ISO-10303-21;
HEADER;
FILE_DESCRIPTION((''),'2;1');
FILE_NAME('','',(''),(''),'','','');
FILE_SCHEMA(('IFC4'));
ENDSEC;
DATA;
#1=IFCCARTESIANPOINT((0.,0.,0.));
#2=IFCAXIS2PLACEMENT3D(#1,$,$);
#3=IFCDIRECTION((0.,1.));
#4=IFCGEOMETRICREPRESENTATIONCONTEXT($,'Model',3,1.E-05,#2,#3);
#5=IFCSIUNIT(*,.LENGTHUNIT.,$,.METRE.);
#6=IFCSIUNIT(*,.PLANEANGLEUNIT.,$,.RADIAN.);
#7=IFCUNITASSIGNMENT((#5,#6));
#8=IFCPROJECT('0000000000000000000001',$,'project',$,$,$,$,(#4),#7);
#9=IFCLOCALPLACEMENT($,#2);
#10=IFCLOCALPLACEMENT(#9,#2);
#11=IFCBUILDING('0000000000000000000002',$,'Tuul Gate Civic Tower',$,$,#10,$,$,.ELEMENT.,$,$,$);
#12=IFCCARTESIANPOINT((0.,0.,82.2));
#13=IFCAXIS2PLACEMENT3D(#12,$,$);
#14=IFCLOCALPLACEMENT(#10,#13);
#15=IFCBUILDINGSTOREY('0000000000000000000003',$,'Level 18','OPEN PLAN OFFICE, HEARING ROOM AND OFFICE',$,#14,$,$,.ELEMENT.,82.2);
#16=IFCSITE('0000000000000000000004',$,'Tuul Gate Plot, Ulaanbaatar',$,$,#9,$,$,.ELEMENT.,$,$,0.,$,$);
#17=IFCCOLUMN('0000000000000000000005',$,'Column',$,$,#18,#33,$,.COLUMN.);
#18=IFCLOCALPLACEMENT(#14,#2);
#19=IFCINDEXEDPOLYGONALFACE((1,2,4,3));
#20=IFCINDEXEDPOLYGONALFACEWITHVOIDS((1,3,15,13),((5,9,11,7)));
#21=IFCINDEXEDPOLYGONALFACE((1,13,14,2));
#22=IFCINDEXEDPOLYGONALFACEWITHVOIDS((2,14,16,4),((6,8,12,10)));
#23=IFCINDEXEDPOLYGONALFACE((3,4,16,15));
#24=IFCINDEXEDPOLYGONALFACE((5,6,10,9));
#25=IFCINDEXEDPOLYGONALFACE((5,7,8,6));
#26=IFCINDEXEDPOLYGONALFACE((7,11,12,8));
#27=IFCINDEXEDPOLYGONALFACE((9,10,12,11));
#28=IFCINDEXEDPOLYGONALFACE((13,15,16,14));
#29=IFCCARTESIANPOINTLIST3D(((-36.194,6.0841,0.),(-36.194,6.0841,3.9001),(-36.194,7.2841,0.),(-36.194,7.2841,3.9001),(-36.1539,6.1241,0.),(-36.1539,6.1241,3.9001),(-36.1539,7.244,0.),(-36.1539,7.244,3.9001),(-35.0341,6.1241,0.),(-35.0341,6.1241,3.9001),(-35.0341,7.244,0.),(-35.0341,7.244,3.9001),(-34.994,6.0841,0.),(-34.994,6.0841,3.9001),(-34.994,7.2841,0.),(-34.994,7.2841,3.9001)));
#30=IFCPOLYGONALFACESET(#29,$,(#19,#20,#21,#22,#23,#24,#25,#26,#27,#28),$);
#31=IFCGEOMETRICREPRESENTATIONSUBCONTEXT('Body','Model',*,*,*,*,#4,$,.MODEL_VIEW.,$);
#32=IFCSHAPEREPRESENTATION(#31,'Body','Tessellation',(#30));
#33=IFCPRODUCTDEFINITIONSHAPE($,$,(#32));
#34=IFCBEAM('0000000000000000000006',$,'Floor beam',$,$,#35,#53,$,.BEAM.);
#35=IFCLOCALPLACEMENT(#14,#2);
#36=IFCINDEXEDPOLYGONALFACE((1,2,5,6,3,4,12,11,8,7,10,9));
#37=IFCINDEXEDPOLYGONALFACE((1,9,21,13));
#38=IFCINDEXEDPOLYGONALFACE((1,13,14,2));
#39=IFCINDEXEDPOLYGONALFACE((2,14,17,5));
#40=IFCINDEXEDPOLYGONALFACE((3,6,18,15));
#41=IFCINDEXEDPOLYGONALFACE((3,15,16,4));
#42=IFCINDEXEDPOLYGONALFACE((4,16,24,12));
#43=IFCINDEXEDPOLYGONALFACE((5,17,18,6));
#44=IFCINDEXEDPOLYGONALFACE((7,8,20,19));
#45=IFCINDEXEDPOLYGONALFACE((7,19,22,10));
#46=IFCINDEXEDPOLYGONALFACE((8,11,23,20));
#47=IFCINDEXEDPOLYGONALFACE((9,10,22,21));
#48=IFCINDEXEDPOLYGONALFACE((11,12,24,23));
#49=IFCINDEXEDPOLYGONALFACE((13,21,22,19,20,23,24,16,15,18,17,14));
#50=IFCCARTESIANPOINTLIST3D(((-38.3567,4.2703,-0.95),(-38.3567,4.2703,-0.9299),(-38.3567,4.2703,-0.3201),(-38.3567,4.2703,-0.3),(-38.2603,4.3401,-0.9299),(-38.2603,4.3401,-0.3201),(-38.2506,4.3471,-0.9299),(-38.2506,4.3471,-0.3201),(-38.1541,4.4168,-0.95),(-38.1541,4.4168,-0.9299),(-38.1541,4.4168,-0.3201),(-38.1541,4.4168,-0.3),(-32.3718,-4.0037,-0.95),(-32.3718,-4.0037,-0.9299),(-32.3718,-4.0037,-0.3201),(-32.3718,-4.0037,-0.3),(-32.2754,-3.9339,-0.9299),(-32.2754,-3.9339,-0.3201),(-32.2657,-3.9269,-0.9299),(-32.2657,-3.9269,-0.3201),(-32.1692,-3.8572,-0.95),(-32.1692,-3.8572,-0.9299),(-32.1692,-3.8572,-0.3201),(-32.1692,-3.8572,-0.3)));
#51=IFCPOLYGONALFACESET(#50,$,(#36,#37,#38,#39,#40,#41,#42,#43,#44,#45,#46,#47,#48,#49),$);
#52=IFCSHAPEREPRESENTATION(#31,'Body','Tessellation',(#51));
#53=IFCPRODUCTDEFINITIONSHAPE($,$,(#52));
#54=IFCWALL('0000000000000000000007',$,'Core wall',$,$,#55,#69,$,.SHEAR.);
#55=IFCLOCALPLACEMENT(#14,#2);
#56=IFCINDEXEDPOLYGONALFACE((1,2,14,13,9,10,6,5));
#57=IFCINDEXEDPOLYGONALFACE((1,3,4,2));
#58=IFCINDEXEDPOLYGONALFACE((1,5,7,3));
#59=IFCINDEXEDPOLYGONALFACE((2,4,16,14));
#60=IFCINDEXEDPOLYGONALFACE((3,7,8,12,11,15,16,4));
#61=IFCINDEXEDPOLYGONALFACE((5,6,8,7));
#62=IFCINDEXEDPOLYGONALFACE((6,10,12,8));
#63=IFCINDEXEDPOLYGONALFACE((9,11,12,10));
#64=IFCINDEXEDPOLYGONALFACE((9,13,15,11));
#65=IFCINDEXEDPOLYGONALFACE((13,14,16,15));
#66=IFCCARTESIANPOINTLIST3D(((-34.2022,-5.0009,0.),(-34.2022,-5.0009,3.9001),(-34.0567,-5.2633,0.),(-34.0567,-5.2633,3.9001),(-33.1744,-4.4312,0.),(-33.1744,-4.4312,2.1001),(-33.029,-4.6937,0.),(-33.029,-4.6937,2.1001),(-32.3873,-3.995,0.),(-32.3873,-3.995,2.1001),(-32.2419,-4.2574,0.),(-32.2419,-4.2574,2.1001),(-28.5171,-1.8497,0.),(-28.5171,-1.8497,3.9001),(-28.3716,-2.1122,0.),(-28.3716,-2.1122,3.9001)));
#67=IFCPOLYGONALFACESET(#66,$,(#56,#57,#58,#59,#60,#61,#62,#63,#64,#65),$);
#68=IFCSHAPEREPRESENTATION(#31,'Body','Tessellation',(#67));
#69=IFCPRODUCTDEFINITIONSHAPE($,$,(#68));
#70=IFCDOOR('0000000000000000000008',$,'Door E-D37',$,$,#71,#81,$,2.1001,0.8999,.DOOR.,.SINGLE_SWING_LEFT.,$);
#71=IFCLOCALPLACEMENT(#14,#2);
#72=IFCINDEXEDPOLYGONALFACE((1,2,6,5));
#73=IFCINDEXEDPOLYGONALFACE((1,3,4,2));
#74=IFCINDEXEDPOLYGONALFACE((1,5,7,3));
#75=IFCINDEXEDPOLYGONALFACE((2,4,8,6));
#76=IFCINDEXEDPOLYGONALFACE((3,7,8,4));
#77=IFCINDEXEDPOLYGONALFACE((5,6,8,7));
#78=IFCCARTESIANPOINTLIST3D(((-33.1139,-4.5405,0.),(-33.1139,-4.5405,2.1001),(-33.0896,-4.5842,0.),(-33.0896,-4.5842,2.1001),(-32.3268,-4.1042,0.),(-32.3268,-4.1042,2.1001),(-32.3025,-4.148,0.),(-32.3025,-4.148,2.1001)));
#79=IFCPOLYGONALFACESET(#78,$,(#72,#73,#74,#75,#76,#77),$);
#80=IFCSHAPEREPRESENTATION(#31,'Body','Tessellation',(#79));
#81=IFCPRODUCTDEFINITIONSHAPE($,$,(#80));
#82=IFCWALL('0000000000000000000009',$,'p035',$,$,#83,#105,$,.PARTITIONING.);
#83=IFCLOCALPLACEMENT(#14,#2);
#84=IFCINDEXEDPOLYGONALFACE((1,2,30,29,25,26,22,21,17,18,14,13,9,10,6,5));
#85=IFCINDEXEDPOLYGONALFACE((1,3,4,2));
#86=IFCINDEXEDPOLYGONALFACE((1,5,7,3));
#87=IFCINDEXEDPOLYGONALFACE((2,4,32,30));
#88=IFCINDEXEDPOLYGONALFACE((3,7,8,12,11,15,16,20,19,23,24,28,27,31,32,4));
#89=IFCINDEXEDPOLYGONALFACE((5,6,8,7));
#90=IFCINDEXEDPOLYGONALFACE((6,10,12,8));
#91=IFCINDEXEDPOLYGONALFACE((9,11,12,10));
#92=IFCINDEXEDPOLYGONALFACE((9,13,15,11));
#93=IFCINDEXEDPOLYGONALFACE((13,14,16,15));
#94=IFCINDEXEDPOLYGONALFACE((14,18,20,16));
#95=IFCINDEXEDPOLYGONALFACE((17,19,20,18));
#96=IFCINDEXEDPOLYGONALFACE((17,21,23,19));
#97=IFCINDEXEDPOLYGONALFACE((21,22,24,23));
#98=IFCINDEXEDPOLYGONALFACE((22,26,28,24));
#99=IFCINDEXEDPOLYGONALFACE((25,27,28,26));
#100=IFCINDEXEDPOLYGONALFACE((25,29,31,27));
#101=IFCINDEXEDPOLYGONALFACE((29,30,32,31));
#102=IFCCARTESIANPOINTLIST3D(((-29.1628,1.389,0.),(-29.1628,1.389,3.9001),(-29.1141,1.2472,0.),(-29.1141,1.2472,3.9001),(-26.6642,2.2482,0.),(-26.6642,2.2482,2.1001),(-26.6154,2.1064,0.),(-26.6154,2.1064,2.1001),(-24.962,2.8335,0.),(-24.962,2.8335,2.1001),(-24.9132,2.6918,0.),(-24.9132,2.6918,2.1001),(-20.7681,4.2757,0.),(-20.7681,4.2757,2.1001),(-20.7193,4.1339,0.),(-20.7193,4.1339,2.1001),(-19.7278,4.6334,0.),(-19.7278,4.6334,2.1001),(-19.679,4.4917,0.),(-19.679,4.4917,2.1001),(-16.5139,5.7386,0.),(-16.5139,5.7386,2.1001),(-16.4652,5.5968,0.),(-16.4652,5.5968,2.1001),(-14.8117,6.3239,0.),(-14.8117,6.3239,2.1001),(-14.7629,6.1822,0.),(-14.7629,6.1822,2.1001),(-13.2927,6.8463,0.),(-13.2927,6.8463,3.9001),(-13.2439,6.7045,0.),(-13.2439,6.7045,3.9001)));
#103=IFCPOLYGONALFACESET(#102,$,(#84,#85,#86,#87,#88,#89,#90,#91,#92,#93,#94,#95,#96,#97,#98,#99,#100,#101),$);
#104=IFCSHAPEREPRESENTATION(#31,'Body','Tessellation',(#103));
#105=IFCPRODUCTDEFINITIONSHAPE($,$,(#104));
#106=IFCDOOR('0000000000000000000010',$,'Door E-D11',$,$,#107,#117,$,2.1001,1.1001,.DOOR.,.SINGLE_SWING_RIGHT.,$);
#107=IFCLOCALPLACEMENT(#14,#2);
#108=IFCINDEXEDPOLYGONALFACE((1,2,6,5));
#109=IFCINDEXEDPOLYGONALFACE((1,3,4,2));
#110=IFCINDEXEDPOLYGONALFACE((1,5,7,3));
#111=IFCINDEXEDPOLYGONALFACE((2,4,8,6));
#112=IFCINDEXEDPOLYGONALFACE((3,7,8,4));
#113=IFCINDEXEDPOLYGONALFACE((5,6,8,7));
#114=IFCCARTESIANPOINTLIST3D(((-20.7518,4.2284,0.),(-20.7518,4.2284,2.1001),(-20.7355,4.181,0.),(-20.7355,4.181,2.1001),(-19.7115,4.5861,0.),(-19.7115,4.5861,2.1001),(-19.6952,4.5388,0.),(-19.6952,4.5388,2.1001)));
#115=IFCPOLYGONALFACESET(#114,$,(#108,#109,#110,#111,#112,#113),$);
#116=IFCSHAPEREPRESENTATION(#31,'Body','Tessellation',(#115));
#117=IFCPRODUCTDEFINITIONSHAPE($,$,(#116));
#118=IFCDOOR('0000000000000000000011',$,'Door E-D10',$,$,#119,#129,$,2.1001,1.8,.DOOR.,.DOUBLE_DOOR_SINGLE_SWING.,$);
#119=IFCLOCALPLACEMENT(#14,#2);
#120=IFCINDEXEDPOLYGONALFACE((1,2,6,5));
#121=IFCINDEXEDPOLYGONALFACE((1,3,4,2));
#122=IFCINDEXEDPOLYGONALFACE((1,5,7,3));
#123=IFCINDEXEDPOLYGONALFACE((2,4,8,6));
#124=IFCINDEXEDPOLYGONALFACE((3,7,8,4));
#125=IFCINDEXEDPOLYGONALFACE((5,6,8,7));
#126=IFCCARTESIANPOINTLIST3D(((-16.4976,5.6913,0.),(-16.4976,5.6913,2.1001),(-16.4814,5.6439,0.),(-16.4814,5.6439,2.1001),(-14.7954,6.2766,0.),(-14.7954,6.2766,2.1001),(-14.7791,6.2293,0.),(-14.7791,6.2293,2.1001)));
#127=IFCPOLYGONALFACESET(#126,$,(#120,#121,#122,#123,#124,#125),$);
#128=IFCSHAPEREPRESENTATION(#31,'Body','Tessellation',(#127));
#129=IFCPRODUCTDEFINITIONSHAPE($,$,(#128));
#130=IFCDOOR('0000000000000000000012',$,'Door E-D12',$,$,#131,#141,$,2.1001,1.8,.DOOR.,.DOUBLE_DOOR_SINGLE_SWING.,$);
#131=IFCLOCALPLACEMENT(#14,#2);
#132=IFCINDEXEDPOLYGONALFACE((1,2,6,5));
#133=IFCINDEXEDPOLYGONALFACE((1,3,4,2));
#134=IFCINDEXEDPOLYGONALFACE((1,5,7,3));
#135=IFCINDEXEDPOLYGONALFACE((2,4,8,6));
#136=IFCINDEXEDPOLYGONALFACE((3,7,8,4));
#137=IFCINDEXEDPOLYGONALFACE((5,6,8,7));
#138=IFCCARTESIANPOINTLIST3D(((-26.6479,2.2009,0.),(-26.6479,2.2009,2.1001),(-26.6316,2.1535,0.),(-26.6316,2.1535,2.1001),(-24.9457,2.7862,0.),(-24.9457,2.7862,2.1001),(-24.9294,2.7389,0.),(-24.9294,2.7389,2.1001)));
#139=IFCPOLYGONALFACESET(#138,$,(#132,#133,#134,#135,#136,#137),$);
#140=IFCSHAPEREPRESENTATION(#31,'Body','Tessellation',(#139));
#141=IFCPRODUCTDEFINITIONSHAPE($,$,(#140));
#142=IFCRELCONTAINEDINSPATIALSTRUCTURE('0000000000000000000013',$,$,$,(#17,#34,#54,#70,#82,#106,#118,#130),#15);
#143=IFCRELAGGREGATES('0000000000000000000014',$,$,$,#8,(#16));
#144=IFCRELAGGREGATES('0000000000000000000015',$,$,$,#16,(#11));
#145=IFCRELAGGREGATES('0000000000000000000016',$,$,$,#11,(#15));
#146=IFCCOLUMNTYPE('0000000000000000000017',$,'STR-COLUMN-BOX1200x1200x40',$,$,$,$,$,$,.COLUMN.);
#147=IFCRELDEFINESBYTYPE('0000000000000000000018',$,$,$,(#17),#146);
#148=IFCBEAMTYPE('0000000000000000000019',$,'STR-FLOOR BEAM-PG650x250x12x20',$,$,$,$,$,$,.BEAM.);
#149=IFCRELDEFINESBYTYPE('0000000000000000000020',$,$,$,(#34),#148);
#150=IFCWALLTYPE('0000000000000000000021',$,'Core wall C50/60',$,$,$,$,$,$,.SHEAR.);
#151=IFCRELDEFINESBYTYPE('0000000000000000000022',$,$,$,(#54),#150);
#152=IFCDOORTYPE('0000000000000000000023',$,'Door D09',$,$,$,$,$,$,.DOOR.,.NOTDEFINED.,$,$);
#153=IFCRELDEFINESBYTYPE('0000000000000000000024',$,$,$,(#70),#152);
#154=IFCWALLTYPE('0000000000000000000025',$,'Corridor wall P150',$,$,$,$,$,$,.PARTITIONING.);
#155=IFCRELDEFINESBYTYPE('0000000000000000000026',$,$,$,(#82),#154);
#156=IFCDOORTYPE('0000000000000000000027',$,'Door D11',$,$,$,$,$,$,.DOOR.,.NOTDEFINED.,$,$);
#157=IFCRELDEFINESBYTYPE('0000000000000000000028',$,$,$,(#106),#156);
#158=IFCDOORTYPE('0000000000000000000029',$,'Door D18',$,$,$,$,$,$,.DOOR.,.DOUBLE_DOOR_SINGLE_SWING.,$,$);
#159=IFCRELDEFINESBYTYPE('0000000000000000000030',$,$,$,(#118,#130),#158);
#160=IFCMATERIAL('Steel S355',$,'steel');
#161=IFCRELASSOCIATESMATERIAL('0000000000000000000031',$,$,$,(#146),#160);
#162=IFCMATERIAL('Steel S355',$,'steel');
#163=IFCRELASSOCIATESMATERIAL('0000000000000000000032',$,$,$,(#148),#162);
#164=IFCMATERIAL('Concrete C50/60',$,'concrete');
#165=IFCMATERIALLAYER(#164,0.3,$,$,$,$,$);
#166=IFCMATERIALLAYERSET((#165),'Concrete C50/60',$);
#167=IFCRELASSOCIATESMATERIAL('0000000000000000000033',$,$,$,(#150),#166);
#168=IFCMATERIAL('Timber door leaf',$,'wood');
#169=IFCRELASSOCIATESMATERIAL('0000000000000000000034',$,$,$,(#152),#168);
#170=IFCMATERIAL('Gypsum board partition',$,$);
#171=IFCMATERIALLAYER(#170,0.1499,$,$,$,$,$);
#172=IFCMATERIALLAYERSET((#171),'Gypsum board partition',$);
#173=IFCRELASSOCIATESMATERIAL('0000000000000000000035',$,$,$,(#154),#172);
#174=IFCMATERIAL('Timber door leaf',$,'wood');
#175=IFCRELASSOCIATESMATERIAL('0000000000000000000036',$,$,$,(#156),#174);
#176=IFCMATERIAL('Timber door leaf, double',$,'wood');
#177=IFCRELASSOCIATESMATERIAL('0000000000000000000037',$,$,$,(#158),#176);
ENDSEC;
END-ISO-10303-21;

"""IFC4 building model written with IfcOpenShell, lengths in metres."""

from ifc_helpers import new_model, si_unit, direction, frame, frame_2d, origin, origin_2d, place, context, subcontext, project, spatial, rectangle, hollow_rectangle, i_section, extrude, material, layer, layer_set, material_profile, profile_set, type_object, element, fill, save


model = new_model("IFC4")

# Units and contexts
model_context = context("Model", 3, precision=1e-05, world=origin(), true_north=direction((0.0, 1.0)))
body_context = subcontext(model_context, "Body", "Model", "MODEL_VIEW")
ifc_project = project(units=[si_unit("LENGTHUNIT", "METRE"), si_unit("PLANEANGLEUNIT", "RADIAN")], contexts=[model_context])

# Site, building, storey
site_placement = place(None, origin())
site = spatial("IfcSite", under=ifc_project, at=site_placement, Name="Tuul Gate Plot, Ulaanbaatar", CompositionType="ELEMENT", RefElevation=0.0)
building_placement = place(site_placement, origin())
building = spatial("IfcBuilding", under=site, at=building_placement, Name="Tuul Gate Civic Tower", CompositionType="ELEMENT")
storey_placement = place(building_placement, frame((0.0, 0.0, 82.2)))
storey = spatial("IfcBuildingStorey", under=building, at=storey_placement, Name="Level 18", Description="OPEN PLAN OFFICE, HEARING ROOM AND OFFICE", CompositionType="ELEMENT", Elevation=82.2)

# Column
ifc_material_1 = material(Name="Steel S355", Category="steel")
ifc_material_profile_1 = material_profile(ifc_material_1, hollow_rectangle(XDim=1.2, YDim=1.2, WallThickness=0.04, at=origin_2d()), Name="BOX1200x1200x40")
ifc_profile_set_1 = profile_set([ifc_material_profile_1], Name="Steel S355")
column_type = type_object("IfcColumnType", Name="STR-COLUMN-BOX1200x1200x40", PredefinedType="COLUMN", material=ifc_profile_set_1)
column_placement = place(storey_placement, frame((-35.594, 6.6841, 0.0), z_axis=(0.0, 0.0, 1.0), x_axis=(1.0, 0.0, 0.0)))
element("IfcColumn", 1, at=column_placement, inside=storey, type_object=column_type, Name="Column", PredefinedType="COLUMN", context=body_context, shape_type="SweptSolid", body=[
    extrude(hollow_rectangle(XDim=1.2, YDim=1.2, WallThickness=0.04, at=origin_2d()), origin(), (0.0, 0.0, 1.0), 3.9001),
])

# Beam
ifc_material_2 = material(Name="Steel S355", Category="steel")
ifc_material_profile_2 = material_profile(ifc_material_2, i_section(OverallWidth=0.25, OverallDepth=0.6499, WebThickness=0.012, FlangeThickness=0.02, at=origin_2d()), Name="PG650x250x12x20")
ifc_profile_set_2 = profile_set([ifc_material_profile_2], Name="Steel S355")
beam_type = type_object("IfcBeamType", Name="STR-FLOOR BEAM-PG650x250x12x20", PredefinedType="BEAM", material=ifc_profile_set_2)
beam_placement = place(storey_placement, frame((-32.2705, -3.9304, -0.625), z_axis=(-0.586086, 0.810249, 0.0), x_axis=(-0.810249, -0.586086, 0.0)))
element("IfcBeam", 2, at=beam_placement, inside=storey, type_object=beam_type, Name="Floor beam", PredefinedType="BEAM", context=body_context, shape_type="SweptSolid", body=[
    extrude(i_section(OverallWidth=0.25, OverallDepth=0.6499, WebThickness=0.012, FlangeThickness=0.02, at=origin_2d()), origin(), (0.0, 0.0, 1.0), 10.2117),
])

# Wall, opening, door
ifc_material_3 = material(Name="Concrete C50/60", Category="concrete")
ifc_layer_1 = layer(ifc_material_3, 0.3)
ifc_layer_set_1 = layer_set([ifc_layer_1], Name="Concrete C50/60")
wall_type_1 = type_object("IfcWallType", Name="Core wall C50/60", PredefinedType="SHEAR", material=ifc_layer_set_1)
wall_1_placement = place(storey_placement, frame((-28.4443, -1.981, 0.0), z_axis=(0.0, 0.0, 1.0), x_axis=(-0.87463, -0.484791, 0.0)))
wall_1 = element("IfcWall", 3, at=wall_1_placement, inside=storey, type_object=wall_type_1, Name="Core wall", PredefinedType="SHEAR", context=body_context, shape_type="SweptSolid", body=[
    extrude(rectangle(XDim=6.5, YDim=0.3, at=frame_2d((3.25, 0.0))), origin(), (0.0, 0.0, 1.0), 3.9001),
])
opening_1_placement = place(wall_1_placement, frame((4.425, 0.0, 0.0)))
opening_1 = element("IfcOpeningElement", 4, at=opening_1_placement, cuts=wall_1, PredefinedType="OPENING", context=body_context, shape_type="SweptSolid", body=[
    extrude(rectangle(XDim=0.8999, YDim=2.1001, at=frame_2d((0.45, 1.05))), frame((0.0, 0.1602, 0.0), z_axis=(0.0, -1.0, 0.0), x_axis=(1.0, 0.0, 0.0)), (0.0, 0.0, 1.0), 0.3201),
])
ifc_material_4 = material(Name="Timber door leaf", Category="wood")
door_type_1 = type_object("IfcDoorType", Name="Door D09", OperationType="NOTDEFINED", PredefinedType="DOOR", material=ifc_material_4)
door_1_placement = place(opening_1_placement, origin())
door_1 = element("IfcDoor", 5, at=door_1_placement, inside=storey, type_object=door_type_1, Name="Door E-D37", OperationType="SINGLE_SWING_LEFT", OverallHeight=2.1001, OverallWidth=0.8999, PredefinedType="DOOR", context=body_context, shape_type="SweptSolid", body=[
    extrude(rectangle(XDim=0.8999, YDim=2.1001, at=frame_2d((0.45, 1.05))), frame((0.0, 0.0249, 0.0), z_axis=(0.0, -1.0, 0.0), x_axis=(1.0, 0.0, 0.0)), (0.0, 0.0, 1.0), 0.05),
])
fill(opening_1, door_1)

# Wall, openings, doors
ifc_material_5 = material(Name="Gypsum board partition")
ifc_layer_2 = layer(ifc_material_5, 0.1499)
ifc_layer_set_2 = layer_set([ifc_layer_2], Name="Gypsum board partition")
wall_type_2 = type_object("IfcWallType", Name="Corridor wall P150", PredefinedType="PARTITIONING", material=ifc_layer_set_2)
wall_2_placement = place(storey_placement, frame((-29.1384, 1.3181, 0.0), z_axis=(0.0, 0.0, 1.0), x_axis=(0.945651, 0.325182, 0.0)))
wall_2 = element("IfcWall", 6, at=wall_2_placement, inside=storey, type_object=wall_type_2, Name="p035", PredefinedType="PARTITIONING", context=body_context, shape_type="SweptSolid", body=[
    extrude(rectangle(XDim=16.7822, YDim=0.1499, at=frame_2d((8.3911, 0.0))), origin(), (0.0, 0.0, 1.0), 3.9001),
])
opening_2_placement = place(wall_2_placement, frame((13.376, 0.0, 0.0)))
opening_2 = element("IfcOpeningElement", 7, at=opening_2_placement, cuts=wall_2, PredefinedType="OPENING", context=body_context, shape_type="SweptSolid", body=[
    extrude(rectangle(XDim=1.8, YDim=2.1001, at=frame_2d((0.8999, 1.05))), frame((0.0, 0.085, 0.0), z_axis=(0.0, -1.0, 0.0), x_axis=(1.0, 0.0, 0.0)), (0.0, 0.0, 1.0), 0.1699),
])
opening_3_placement = place(wall_2_placement, frame((8.8772, 0.0, 0.0)))
opening_3 = element("IfcOpeningElement", 8, at=opening_3_placement, cuts=wall_2, PredefinedType="OPENING", context=body_context, shape_type="SweptSolid", body=[
    extrude(rectangle(XDim=1.1001, YDim=2.1001, at=frame_2d((0.55, 1.05))), frame((0.0, 0.085, 0.0), z_axis=(0.0, -1.0, 0.0), x_axis=(1.0, 0.0, 0.0)), (0.0, 0.0, 1.0), 0.1699),
])
opening_4_placement = place(wall_2_placement, frame((2.6423, 0.0, 0.0)))
opening_4 = element("IfcOpeningElement", 9, at=opening_4_placement, cuts=wall_2, PredefinedType="OPENING", context=body_context, shape_type="SweptSolid", body=[
    extrude(rectangle(XDim=1.8, YDim=2.1001, at=frame_2d((0.8999, 1.05))), frame((0.0, 0.085, 0.0), z_axis=(0.0, -1.0, 0.0), x_axis=(1.0, 0.0, 0.0)), (0.0, 0.0, 1.0), 0.1699),
])
ifc_material_6 = material(Name="Timber door leaf", Category="wood")
door_type_2 = type_object("IfcDoorType", Name="Door D11", OperationType="NOTDEFINED", PredefinedType="DOOR", material=ifc_material_6)
door_2_placement = place(opening_3_placement, origin())
door_2 = element("IfcDoor", 10, at=door_2_placement, inside=storey, type_object=door_type_2, Name="Door E-D11", OperationType="SINGLE_SWING_RIGHT", OverallHeight=2.1001, OverallWidth=1.1001, PredefinedType="DOOR", context=body_context, shape_type="SweptSolid", body=[
    extrude(rectangle(XDim=1.1001, YDim=2.1001, at=frame_2d((0.55, 1.05))), frame((0.0, 0.0249, 0.0), z_axis=(0.0, -1.0, 0.0), x_axis=(1.0, 0.0, 0.0)), (0.0, 0.0, 1.0), 0.05),
])
fill(opening_3, door_2)
ifc_material_7 = material(Name="Timber door leaf, double", Category="wood")
door_type_3 = type_object("IfcDoorType", Name="Door D18", OperationType="DOUBLE_DOOR_SINGLE_SWING", PredefinedType="DOOR", material=ifc_material_7)
door_3_placement = place(opening_2_placement, origin())
door_3 = element("IfcDoor", 11, at=door_3_placement, inside=storey, type_object=door_type_3, Name="Door E-D10", OperationType="DOUBLE_DOOR_SINGLE_SWING", OverallHeight=2.1001, OverallWidth=1.8, PredefinedType="DOOR", context=body_context, shape_type="SweptSolid", body=[
    extrude(rectangle(XDim=1.8, YDim=2.1001, at=frame_2d((0.8999, 1.05))), frame((0.0, 0.0249, 0.0), z_axis=(0.0, -1.0, 0.0), x_axis=(1.0, 0.0, 0.0)), (0.0, 0.0, 1.0), 0.05),
])
fill(opening_2, door_3)
door_4_placement = place(opening_4_placement, origin())
door_4 = element("IfcDoor", 12, at=door_4_placement, inside=storey, type_object=door_type_3, Name="Door E-D12", OperationType="DOUBLE_DOOR_SINGLE_SWING", OverallHeight=2.1001, OverallWidth=1.8, PredefinedType="DOOR", context=body_context, shape_type="SweptSolid", body=[
    extrude(rectangle(XDim=1.8, YDim=2.1001, at=frame_2d((0.8999, 1.05))), frame((0.0, 0.0249, 0.0), z_axis=(0.0, -1.0, 0.0), x_axis=(1.0, 0.0, 0.0)), (0.0, 0.0, 1.0), 0.05),
])
fill(opening_4, door_4)

save(model, "model.ifc")
